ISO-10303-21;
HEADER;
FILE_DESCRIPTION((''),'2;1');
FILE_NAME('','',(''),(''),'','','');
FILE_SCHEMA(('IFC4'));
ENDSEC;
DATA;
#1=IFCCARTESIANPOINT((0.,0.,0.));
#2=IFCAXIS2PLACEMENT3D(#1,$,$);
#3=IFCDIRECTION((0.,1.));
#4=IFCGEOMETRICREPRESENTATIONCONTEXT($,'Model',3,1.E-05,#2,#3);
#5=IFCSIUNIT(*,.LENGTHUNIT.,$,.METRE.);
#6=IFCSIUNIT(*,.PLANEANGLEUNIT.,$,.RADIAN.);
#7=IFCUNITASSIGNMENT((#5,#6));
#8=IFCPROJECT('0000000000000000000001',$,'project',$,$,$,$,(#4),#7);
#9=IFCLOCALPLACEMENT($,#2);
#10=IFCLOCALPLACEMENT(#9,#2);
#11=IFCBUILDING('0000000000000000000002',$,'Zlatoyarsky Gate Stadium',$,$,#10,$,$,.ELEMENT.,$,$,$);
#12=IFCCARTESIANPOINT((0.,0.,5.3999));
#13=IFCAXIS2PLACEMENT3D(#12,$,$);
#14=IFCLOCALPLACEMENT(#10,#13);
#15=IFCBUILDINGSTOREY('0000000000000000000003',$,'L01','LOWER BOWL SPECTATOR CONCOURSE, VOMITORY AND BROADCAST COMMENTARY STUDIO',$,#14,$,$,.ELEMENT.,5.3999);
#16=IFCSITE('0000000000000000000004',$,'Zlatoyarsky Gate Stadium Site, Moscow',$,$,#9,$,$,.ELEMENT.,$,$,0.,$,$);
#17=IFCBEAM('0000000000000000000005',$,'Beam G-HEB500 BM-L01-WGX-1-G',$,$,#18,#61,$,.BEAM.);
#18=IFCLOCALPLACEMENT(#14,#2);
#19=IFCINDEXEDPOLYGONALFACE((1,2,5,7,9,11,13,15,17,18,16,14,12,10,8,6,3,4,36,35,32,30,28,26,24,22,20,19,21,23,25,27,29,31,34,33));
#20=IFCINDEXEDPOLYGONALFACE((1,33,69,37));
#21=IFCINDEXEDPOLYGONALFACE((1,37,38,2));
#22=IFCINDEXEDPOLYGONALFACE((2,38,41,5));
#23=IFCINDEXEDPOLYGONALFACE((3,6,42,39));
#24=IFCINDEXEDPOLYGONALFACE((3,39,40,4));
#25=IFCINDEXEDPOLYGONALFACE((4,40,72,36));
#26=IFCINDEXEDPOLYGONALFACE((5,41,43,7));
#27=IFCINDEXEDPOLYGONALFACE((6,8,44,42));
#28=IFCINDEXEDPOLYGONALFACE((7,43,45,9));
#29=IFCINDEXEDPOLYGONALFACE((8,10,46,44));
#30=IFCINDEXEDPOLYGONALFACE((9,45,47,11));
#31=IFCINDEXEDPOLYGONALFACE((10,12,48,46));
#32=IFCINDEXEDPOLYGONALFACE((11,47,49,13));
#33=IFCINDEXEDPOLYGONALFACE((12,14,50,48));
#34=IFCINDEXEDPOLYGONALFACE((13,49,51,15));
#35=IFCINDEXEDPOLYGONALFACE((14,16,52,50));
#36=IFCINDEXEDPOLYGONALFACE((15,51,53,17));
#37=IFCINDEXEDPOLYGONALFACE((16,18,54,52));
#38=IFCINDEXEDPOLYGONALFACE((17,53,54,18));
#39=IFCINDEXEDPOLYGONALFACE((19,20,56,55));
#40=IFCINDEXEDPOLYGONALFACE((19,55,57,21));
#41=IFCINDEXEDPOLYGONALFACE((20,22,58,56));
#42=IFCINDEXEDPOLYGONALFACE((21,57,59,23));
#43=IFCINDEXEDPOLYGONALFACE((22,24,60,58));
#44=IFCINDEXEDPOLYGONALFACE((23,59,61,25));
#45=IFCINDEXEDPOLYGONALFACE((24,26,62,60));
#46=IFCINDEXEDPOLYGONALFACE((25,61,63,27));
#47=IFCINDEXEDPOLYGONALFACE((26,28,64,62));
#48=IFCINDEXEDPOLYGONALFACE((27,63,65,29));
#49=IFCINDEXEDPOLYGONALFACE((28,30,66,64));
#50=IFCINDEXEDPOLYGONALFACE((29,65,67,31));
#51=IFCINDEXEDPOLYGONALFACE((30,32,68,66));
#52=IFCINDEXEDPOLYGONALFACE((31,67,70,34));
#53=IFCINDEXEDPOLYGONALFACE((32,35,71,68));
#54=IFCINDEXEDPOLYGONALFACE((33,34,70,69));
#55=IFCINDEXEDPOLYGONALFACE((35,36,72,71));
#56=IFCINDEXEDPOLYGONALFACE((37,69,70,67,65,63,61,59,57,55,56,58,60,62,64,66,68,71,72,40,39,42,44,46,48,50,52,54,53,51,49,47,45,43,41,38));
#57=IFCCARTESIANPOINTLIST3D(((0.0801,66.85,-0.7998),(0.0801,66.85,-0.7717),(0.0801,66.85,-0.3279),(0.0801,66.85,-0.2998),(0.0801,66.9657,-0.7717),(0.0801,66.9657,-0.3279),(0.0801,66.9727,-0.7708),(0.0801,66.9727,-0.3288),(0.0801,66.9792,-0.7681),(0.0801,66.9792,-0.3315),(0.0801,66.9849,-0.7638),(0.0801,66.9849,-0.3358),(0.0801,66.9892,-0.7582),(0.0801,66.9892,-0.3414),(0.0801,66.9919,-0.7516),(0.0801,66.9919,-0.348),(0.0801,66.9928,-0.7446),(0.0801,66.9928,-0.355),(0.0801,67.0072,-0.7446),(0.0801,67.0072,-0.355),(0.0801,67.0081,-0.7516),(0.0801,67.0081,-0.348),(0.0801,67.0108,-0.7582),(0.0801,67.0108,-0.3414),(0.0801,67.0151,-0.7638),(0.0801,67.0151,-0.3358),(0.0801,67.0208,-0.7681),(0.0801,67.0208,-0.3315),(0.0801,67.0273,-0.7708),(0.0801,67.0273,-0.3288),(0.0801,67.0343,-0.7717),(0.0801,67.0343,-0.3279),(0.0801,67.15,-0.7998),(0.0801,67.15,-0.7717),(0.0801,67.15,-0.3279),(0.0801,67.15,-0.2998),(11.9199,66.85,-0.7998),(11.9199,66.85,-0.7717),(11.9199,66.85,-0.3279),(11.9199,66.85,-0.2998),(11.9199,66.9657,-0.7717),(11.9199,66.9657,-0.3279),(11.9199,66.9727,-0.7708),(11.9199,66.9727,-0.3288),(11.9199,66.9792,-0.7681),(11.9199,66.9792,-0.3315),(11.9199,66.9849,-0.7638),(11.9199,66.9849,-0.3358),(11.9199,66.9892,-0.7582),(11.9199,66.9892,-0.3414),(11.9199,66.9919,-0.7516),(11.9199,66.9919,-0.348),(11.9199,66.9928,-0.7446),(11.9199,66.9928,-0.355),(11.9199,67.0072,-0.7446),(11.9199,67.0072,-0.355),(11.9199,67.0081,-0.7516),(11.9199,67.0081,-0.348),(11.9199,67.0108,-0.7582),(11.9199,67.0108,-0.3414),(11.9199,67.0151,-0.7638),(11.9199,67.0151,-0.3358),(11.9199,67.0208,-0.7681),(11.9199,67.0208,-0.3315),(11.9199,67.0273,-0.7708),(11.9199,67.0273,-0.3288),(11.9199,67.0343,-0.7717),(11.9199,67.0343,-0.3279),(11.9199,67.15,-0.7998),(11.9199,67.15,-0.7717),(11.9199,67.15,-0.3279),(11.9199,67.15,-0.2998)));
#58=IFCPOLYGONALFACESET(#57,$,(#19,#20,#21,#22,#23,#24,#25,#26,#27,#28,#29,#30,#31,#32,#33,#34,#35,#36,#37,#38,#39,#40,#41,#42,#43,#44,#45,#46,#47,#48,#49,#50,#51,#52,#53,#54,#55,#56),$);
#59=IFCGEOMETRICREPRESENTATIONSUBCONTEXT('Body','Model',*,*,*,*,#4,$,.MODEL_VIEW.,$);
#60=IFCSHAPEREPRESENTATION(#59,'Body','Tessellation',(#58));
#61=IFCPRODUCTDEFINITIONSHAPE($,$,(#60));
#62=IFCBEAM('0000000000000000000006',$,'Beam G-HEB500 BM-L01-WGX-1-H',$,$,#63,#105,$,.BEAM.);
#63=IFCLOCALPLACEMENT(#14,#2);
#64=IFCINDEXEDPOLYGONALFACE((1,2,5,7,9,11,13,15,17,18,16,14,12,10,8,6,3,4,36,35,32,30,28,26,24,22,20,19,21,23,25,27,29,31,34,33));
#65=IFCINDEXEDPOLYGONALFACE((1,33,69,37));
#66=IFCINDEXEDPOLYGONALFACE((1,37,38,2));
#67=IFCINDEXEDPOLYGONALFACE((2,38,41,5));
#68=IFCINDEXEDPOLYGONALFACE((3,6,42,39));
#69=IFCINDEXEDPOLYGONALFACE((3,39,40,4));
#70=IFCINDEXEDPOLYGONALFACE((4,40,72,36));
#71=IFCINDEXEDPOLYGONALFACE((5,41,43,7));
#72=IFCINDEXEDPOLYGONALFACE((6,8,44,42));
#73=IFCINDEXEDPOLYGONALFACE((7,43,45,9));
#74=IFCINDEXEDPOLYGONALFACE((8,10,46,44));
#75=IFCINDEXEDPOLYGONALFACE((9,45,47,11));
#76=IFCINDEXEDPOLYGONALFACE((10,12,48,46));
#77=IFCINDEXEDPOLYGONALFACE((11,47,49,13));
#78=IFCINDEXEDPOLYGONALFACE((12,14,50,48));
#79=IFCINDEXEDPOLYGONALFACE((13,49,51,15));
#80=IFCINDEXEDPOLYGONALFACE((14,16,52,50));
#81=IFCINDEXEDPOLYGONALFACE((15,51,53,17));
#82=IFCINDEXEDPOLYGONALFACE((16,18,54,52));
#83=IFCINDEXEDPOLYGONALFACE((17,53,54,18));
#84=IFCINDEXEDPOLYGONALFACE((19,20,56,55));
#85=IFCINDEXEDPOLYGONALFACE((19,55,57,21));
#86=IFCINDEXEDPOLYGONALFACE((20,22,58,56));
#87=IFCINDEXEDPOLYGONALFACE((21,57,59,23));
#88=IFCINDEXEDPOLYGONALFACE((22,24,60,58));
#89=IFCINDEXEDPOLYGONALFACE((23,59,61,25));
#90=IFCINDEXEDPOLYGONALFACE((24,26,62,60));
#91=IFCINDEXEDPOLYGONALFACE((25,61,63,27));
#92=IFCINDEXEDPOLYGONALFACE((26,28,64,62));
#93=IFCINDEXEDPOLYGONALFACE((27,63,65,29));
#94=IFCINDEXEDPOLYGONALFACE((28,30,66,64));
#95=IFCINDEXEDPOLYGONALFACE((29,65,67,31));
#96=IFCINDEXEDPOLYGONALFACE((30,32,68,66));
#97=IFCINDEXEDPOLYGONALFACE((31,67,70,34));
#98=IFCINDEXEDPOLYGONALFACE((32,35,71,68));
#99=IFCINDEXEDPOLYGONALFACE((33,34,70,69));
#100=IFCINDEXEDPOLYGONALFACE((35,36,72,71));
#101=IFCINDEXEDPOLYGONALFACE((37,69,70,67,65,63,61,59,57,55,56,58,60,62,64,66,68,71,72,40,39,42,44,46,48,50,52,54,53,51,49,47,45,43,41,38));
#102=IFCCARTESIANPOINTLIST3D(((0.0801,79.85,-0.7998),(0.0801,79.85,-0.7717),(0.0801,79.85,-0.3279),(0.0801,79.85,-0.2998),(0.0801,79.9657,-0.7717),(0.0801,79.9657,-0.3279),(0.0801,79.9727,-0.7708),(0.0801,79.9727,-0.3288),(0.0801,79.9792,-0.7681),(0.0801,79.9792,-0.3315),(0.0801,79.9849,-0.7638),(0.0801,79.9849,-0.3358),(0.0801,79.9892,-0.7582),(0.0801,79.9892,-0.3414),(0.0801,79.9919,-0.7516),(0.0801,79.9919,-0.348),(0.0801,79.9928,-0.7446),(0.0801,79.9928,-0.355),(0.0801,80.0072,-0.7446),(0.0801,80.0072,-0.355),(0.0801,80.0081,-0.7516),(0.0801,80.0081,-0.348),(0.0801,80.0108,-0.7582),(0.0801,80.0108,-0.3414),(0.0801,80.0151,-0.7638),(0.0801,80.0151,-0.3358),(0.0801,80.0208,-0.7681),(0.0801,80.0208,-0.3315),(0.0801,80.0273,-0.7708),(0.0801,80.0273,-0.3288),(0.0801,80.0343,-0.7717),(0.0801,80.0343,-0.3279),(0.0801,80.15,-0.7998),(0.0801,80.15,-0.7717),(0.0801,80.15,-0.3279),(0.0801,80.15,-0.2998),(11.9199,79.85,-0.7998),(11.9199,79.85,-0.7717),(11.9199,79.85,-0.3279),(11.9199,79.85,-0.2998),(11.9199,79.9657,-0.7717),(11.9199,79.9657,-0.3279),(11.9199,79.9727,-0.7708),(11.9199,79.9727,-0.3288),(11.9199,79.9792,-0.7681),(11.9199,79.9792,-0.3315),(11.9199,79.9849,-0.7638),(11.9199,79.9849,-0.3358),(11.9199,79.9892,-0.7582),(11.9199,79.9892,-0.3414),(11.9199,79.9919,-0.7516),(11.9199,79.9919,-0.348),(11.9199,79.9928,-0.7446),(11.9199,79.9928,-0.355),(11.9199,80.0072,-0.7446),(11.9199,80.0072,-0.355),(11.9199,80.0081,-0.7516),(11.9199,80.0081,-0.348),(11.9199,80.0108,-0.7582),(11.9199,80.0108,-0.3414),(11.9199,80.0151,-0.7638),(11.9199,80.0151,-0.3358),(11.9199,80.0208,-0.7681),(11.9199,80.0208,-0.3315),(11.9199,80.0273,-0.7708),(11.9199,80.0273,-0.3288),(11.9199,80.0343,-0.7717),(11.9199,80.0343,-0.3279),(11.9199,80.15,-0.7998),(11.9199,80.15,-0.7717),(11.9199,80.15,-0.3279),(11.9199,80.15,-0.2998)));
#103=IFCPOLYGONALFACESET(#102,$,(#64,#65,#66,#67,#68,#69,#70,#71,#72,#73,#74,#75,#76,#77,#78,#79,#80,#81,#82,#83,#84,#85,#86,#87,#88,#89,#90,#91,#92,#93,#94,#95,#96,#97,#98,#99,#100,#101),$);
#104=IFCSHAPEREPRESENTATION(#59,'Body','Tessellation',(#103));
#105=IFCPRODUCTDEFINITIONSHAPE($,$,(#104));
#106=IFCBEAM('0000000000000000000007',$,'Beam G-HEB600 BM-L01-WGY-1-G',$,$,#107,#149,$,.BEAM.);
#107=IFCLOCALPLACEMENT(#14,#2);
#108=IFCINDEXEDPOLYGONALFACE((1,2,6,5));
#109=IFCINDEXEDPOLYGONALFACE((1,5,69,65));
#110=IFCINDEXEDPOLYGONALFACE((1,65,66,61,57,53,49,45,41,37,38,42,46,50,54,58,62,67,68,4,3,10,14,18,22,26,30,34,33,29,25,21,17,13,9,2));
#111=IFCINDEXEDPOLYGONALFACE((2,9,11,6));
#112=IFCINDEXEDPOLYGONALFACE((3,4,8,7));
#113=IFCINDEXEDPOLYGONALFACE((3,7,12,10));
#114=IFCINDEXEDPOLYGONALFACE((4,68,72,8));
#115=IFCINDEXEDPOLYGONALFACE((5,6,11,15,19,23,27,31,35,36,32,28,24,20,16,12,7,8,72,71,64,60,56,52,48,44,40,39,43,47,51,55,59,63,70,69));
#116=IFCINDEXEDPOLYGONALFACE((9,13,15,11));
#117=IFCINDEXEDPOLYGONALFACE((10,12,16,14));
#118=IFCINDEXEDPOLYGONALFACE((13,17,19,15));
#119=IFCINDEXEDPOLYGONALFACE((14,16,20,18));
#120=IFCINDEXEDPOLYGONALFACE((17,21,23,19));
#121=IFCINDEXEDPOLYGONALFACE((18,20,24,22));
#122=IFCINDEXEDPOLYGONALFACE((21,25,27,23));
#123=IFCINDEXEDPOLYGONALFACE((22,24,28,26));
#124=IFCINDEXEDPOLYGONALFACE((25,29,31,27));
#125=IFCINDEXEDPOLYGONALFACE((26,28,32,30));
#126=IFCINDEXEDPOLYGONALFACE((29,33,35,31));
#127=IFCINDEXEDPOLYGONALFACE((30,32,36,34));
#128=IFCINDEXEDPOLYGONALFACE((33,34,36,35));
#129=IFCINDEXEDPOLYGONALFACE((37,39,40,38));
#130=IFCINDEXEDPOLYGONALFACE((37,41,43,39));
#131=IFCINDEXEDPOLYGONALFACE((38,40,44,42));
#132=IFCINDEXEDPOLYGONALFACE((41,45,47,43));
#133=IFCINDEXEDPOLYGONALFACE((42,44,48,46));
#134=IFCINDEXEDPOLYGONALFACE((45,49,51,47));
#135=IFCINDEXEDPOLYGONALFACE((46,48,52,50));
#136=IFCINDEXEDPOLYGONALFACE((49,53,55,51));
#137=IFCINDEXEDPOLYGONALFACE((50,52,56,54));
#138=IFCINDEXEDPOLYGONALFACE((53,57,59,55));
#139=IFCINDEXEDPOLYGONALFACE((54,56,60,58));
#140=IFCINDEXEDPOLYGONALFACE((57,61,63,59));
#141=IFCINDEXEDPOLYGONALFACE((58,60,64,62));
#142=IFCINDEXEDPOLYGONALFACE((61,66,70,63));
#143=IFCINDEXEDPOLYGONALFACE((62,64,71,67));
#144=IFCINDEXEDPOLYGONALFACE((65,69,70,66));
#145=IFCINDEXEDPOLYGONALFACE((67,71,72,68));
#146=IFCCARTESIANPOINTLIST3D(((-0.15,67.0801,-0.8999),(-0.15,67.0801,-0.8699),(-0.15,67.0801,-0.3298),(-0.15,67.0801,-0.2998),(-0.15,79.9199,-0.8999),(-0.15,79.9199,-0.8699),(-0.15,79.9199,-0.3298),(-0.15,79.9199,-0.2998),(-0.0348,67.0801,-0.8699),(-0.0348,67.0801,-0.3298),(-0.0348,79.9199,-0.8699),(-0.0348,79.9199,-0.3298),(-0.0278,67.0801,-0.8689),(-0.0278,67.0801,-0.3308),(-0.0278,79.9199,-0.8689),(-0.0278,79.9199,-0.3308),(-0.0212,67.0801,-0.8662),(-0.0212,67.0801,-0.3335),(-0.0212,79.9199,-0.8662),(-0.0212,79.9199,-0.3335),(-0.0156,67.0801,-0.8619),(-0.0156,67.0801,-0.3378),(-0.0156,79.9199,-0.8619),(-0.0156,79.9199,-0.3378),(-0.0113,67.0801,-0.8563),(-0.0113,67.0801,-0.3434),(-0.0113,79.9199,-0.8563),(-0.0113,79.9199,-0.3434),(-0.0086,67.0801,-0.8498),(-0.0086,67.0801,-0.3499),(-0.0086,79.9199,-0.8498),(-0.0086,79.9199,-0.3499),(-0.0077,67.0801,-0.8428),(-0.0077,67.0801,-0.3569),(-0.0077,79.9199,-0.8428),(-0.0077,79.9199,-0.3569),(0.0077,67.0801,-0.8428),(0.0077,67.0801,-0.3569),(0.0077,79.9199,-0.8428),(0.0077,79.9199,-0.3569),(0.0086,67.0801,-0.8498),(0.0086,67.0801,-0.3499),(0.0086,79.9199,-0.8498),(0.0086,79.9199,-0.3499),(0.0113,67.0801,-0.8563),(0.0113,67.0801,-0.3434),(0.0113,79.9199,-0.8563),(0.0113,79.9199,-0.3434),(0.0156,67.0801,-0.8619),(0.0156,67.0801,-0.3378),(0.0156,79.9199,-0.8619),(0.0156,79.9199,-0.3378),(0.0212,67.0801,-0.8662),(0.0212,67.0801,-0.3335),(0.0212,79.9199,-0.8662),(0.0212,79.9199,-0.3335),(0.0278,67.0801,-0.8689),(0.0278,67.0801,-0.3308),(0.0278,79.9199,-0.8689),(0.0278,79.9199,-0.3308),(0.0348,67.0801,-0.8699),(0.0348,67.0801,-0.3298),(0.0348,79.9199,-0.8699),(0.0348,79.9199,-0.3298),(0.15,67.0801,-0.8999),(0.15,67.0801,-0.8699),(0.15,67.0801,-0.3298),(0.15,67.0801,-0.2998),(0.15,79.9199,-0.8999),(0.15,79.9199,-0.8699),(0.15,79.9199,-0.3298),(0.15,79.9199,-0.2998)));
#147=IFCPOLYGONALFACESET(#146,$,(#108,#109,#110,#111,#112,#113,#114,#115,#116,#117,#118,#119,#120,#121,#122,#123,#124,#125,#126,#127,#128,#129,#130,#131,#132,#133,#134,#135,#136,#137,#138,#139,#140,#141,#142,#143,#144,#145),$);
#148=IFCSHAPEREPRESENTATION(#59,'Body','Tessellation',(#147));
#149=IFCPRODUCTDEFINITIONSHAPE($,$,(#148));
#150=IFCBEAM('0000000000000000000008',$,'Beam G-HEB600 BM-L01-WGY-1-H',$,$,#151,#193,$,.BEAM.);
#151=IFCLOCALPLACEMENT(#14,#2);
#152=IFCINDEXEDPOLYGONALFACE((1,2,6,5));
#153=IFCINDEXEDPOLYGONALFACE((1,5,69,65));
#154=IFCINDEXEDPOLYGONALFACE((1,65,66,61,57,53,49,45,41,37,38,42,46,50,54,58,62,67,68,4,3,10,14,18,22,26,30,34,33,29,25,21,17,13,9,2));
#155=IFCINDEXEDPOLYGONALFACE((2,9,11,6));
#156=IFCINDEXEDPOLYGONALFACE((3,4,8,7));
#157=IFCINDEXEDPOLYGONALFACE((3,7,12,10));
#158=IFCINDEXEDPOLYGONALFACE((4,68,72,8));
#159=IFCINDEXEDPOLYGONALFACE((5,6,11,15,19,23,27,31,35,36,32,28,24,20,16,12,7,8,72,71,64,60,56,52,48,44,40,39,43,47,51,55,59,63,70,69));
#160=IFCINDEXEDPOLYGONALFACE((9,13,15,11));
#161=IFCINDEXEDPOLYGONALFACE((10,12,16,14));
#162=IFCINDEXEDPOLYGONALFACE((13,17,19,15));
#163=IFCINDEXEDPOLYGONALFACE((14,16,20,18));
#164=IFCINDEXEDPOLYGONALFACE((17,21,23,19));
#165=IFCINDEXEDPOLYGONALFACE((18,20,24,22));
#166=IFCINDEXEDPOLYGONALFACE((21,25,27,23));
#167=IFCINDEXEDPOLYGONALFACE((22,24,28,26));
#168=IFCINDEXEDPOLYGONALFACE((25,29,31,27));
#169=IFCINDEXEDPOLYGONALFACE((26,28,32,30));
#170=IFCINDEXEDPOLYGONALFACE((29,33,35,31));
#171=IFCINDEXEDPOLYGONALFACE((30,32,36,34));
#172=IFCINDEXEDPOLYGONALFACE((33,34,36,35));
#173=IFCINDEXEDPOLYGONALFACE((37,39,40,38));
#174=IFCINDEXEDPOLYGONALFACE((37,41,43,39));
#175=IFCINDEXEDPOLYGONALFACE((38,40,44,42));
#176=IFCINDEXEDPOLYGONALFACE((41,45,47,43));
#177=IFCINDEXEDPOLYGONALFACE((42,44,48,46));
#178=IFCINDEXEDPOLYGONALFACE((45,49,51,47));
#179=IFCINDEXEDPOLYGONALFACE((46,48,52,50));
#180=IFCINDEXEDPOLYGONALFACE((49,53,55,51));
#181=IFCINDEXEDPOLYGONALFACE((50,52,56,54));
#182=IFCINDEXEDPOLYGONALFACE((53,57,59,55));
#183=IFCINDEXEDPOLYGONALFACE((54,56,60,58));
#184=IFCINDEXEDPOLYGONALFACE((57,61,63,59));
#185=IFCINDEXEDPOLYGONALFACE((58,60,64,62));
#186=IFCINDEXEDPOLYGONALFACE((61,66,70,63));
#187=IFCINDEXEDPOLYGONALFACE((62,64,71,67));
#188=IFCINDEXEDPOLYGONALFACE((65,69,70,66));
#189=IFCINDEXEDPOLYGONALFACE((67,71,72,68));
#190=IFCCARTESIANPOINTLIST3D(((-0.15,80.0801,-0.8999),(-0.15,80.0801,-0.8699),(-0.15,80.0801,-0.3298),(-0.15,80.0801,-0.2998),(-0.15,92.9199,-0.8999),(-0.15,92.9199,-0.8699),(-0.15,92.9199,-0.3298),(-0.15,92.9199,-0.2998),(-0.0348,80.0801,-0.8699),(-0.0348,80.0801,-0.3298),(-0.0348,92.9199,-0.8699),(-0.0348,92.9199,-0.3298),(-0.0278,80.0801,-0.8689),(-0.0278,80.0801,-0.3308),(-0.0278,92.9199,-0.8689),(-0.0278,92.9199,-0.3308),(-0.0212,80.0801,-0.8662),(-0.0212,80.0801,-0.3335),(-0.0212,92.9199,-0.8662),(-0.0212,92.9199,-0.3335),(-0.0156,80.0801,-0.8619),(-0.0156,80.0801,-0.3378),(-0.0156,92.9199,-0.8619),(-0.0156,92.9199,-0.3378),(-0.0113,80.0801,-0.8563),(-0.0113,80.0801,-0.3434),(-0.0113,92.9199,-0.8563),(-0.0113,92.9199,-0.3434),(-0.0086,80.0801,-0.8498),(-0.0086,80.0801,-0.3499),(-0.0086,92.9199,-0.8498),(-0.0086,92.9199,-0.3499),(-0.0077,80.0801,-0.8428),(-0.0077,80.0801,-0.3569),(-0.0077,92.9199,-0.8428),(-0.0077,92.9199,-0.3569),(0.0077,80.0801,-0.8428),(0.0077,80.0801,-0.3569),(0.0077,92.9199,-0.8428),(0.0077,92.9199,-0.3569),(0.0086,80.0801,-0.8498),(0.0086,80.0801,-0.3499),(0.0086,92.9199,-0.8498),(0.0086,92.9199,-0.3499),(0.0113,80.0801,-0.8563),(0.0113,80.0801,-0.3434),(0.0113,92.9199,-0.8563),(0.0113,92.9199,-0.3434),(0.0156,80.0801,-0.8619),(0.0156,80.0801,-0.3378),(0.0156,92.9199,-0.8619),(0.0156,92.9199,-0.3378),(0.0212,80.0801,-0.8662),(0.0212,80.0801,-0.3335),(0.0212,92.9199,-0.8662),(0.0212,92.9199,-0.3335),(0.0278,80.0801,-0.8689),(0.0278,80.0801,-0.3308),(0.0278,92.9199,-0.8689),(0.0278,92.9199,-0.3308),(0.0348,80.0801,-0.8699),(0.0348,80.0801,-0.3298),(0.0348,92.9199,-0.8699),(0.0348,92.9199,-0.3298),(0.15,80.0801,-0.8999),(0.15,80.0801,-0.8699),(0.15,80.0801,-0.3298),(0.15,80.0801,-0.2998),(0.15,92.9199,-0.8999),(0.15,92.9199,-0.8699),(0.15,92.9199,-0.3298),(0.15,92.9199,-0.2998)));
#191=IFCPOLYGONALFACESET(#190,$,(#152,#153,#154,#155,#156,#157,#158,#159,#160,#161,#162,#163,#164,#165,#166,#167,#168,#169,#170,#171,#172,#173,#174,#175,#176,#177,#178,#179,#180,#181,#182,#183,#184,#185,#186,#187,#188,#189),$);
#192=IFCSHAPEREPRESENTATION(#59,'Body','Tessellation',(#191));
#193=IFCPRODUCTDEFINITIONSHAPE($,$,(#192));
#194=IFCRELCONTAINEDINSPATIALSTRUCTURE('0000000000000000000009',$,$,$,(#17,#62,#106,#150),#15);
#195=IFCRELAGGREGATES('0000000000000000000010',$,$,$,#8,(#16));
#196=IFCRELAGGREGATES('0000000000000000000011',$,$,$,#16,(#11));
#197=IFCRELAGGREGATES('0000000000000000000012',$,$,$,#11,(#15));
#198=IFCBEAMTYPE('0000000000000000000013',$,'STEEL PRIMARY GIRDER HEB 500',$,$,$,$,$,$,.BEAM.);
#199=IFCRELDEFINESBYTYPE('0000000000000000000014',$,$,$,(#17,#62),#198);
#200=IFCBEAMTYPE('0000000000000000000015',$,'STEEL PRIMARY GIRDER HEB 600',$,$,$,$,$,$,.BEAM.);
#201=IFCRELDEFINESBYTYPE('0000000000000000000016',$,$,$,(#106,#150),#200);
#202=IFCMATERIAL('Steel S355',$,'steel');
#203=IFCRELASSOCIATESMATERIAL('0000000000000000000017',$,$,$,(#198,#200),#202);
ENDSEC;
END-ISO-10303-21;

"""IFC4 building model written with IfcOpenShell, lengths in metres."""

from ifc_helpers import new_model, si_unit, direction, frame, origin, origin_2d, place, context, subcontext, project, spatial, i_section, extrude, material, material_profile, profile_set, type_object, element, save


model = new_model("IFC4")

# Units and contexts
model_context = context("Model", 3, precision=1e-05, world=origin(), true_north=direction((0.0, 1.0)))
body_context = subcontext(model_context, "Body", "Model", "MODEL_VIEW")
ifc_project = project(units=[si_unit("LENGTHUNIT", "METRE"), si_unit("PLANEANGLEUNIT", "RADIAN")], contexts=[model_context])

# Site, building, storey
site_placement = place(None, origin())
site = spatial("IfcSite", under=ifc_project, at=site_placement, Name="Zlatoyarsky Gate Stadium Site, Moscow", CompositionType="ELEMENT", RefElevation=0.0)
building_placement = place(site_placement, origin())
building = spatial("IfcBuilding", under=site, at=building_placement, Name="Zlatoyarsky Gate Stadium", CompositionType="ELEMENT")
storey_placement = place(building_placement, frame((0.0, 0.0, 5.3999)))
storey = spatial("IfcBuildingStorey", under=building, at=storey_placement, Name="L01", Description="LOWER BOWL SPECTATOR CONCOURSE, VOMITORY AND BROADCAST COMMENTARY STUDIO", CompositionType="ELEMENT", Elevation=5.3999)

# Shared definitions
ifc_material_1 = material(Name="Steel S355", Category="steel")

# Beams
ifc_material_profile_1 = material_profile(ifc_material_1, i_section(OverallWidth=0.3, OverallDepth=0.5, WebThickness=0.0144, FlangeThickness=0.0281, FilletRadius=0.0271, at=origin_2d()), Name="HEB 500")
ifc_profile_set_1 = profile_set([ifc_material_profile_1], Name="Steel S355")
beam_type_1 = type_object("IfcBeamType", Name="STEEL PRIMARY GIRDER HEB 500", PredefinedType="BEAM", material=ifc_profile_set_1)
for number, where, z_axis, x_axis, name in (
    (1, (0.0801, 67.0, -0.5498), (1.0, 0.0, 0.0), (0.0, 1.0, 0.0), "Beam G-HEB500 BM-L01-WGX-1-G"),
    (2, (0.0801, 80.0, -0.5498), (1.0, 0.0, 0.0), (0.0, 1.0, 0.0), "Beam G-HEB500 BM-L01-WGX-1-H"),
):
    element("IfcBeam", number, at=place(storey_placement, frame(where, z_axis=z_axis, x_axis=x_axis)), inside=storey, type_object=beam_type_1, Name=name, PredefinedType="BEAM", context=body_context, shape_type="SweptSolid", body=[
        extrude(i_section(OverallWidth=0.3, OverallDepth=0.5, WebThickness=0.0144, FlangeThickness=0.0281, FilletRadius=0.0271, at=origin_2d()), origin(), (0.0, 0.0, 1.0), 11.8398),
    ])
ifc_material_profile_2 = material_profile(ifc_material_1, i_section(OverallWidth=0.3, OverallDepth=0.6001, WebThickness=0.0154, FlangeThickness=0.03, FilletRadius=0.0271, at=origin_2d()), Name="HEB 600")
ifc_profile_set_2 = profile_set([ifc_material_profile_2], Name="Steel S355")
beam_type_2 = type_object("IfcBeamType", Name="STEEL PRIMARY GIRDER HEB 600", PredefinedType="BEAM", material=ifc_profile_set_2)
for number, where, z_axis, x_axis, name in (
    (3, (0.0, 67.0801, -0.5999), (0.0, 1.0, 0.0), (-1.0, 0.0, 0.0), "Beam G-HEB600 BM-L01-WGY-1-G"),
    (4, (0.0, 80.0801, -0.5999), (0.0, 1.0, 0.0), (-1.0, 0.0, 0.0), "Beam G-HEB600 BM-L01-WGY-1-H"),
):
    element("IfcBeam", number, at=place(storey_placement, frame(where, z_axis=z_axis, x_axis=x_axis)), inside=storey, type_object=beam_type_2, Name=name, PredefinedType="BEAM", context=body_context, shape_type="SweptSolid", body=[
        extrude(i_section(OverallWidth=0.3, OverallDepth=0.6001, WebThickness=0.0154, FlangeThickness=0.03, FilletRadius=0.0271, at=origin_2d()), origin(), (0.0, 0.0, 1.0), 12.8398),
    ])

save(model, "model.ifc")
